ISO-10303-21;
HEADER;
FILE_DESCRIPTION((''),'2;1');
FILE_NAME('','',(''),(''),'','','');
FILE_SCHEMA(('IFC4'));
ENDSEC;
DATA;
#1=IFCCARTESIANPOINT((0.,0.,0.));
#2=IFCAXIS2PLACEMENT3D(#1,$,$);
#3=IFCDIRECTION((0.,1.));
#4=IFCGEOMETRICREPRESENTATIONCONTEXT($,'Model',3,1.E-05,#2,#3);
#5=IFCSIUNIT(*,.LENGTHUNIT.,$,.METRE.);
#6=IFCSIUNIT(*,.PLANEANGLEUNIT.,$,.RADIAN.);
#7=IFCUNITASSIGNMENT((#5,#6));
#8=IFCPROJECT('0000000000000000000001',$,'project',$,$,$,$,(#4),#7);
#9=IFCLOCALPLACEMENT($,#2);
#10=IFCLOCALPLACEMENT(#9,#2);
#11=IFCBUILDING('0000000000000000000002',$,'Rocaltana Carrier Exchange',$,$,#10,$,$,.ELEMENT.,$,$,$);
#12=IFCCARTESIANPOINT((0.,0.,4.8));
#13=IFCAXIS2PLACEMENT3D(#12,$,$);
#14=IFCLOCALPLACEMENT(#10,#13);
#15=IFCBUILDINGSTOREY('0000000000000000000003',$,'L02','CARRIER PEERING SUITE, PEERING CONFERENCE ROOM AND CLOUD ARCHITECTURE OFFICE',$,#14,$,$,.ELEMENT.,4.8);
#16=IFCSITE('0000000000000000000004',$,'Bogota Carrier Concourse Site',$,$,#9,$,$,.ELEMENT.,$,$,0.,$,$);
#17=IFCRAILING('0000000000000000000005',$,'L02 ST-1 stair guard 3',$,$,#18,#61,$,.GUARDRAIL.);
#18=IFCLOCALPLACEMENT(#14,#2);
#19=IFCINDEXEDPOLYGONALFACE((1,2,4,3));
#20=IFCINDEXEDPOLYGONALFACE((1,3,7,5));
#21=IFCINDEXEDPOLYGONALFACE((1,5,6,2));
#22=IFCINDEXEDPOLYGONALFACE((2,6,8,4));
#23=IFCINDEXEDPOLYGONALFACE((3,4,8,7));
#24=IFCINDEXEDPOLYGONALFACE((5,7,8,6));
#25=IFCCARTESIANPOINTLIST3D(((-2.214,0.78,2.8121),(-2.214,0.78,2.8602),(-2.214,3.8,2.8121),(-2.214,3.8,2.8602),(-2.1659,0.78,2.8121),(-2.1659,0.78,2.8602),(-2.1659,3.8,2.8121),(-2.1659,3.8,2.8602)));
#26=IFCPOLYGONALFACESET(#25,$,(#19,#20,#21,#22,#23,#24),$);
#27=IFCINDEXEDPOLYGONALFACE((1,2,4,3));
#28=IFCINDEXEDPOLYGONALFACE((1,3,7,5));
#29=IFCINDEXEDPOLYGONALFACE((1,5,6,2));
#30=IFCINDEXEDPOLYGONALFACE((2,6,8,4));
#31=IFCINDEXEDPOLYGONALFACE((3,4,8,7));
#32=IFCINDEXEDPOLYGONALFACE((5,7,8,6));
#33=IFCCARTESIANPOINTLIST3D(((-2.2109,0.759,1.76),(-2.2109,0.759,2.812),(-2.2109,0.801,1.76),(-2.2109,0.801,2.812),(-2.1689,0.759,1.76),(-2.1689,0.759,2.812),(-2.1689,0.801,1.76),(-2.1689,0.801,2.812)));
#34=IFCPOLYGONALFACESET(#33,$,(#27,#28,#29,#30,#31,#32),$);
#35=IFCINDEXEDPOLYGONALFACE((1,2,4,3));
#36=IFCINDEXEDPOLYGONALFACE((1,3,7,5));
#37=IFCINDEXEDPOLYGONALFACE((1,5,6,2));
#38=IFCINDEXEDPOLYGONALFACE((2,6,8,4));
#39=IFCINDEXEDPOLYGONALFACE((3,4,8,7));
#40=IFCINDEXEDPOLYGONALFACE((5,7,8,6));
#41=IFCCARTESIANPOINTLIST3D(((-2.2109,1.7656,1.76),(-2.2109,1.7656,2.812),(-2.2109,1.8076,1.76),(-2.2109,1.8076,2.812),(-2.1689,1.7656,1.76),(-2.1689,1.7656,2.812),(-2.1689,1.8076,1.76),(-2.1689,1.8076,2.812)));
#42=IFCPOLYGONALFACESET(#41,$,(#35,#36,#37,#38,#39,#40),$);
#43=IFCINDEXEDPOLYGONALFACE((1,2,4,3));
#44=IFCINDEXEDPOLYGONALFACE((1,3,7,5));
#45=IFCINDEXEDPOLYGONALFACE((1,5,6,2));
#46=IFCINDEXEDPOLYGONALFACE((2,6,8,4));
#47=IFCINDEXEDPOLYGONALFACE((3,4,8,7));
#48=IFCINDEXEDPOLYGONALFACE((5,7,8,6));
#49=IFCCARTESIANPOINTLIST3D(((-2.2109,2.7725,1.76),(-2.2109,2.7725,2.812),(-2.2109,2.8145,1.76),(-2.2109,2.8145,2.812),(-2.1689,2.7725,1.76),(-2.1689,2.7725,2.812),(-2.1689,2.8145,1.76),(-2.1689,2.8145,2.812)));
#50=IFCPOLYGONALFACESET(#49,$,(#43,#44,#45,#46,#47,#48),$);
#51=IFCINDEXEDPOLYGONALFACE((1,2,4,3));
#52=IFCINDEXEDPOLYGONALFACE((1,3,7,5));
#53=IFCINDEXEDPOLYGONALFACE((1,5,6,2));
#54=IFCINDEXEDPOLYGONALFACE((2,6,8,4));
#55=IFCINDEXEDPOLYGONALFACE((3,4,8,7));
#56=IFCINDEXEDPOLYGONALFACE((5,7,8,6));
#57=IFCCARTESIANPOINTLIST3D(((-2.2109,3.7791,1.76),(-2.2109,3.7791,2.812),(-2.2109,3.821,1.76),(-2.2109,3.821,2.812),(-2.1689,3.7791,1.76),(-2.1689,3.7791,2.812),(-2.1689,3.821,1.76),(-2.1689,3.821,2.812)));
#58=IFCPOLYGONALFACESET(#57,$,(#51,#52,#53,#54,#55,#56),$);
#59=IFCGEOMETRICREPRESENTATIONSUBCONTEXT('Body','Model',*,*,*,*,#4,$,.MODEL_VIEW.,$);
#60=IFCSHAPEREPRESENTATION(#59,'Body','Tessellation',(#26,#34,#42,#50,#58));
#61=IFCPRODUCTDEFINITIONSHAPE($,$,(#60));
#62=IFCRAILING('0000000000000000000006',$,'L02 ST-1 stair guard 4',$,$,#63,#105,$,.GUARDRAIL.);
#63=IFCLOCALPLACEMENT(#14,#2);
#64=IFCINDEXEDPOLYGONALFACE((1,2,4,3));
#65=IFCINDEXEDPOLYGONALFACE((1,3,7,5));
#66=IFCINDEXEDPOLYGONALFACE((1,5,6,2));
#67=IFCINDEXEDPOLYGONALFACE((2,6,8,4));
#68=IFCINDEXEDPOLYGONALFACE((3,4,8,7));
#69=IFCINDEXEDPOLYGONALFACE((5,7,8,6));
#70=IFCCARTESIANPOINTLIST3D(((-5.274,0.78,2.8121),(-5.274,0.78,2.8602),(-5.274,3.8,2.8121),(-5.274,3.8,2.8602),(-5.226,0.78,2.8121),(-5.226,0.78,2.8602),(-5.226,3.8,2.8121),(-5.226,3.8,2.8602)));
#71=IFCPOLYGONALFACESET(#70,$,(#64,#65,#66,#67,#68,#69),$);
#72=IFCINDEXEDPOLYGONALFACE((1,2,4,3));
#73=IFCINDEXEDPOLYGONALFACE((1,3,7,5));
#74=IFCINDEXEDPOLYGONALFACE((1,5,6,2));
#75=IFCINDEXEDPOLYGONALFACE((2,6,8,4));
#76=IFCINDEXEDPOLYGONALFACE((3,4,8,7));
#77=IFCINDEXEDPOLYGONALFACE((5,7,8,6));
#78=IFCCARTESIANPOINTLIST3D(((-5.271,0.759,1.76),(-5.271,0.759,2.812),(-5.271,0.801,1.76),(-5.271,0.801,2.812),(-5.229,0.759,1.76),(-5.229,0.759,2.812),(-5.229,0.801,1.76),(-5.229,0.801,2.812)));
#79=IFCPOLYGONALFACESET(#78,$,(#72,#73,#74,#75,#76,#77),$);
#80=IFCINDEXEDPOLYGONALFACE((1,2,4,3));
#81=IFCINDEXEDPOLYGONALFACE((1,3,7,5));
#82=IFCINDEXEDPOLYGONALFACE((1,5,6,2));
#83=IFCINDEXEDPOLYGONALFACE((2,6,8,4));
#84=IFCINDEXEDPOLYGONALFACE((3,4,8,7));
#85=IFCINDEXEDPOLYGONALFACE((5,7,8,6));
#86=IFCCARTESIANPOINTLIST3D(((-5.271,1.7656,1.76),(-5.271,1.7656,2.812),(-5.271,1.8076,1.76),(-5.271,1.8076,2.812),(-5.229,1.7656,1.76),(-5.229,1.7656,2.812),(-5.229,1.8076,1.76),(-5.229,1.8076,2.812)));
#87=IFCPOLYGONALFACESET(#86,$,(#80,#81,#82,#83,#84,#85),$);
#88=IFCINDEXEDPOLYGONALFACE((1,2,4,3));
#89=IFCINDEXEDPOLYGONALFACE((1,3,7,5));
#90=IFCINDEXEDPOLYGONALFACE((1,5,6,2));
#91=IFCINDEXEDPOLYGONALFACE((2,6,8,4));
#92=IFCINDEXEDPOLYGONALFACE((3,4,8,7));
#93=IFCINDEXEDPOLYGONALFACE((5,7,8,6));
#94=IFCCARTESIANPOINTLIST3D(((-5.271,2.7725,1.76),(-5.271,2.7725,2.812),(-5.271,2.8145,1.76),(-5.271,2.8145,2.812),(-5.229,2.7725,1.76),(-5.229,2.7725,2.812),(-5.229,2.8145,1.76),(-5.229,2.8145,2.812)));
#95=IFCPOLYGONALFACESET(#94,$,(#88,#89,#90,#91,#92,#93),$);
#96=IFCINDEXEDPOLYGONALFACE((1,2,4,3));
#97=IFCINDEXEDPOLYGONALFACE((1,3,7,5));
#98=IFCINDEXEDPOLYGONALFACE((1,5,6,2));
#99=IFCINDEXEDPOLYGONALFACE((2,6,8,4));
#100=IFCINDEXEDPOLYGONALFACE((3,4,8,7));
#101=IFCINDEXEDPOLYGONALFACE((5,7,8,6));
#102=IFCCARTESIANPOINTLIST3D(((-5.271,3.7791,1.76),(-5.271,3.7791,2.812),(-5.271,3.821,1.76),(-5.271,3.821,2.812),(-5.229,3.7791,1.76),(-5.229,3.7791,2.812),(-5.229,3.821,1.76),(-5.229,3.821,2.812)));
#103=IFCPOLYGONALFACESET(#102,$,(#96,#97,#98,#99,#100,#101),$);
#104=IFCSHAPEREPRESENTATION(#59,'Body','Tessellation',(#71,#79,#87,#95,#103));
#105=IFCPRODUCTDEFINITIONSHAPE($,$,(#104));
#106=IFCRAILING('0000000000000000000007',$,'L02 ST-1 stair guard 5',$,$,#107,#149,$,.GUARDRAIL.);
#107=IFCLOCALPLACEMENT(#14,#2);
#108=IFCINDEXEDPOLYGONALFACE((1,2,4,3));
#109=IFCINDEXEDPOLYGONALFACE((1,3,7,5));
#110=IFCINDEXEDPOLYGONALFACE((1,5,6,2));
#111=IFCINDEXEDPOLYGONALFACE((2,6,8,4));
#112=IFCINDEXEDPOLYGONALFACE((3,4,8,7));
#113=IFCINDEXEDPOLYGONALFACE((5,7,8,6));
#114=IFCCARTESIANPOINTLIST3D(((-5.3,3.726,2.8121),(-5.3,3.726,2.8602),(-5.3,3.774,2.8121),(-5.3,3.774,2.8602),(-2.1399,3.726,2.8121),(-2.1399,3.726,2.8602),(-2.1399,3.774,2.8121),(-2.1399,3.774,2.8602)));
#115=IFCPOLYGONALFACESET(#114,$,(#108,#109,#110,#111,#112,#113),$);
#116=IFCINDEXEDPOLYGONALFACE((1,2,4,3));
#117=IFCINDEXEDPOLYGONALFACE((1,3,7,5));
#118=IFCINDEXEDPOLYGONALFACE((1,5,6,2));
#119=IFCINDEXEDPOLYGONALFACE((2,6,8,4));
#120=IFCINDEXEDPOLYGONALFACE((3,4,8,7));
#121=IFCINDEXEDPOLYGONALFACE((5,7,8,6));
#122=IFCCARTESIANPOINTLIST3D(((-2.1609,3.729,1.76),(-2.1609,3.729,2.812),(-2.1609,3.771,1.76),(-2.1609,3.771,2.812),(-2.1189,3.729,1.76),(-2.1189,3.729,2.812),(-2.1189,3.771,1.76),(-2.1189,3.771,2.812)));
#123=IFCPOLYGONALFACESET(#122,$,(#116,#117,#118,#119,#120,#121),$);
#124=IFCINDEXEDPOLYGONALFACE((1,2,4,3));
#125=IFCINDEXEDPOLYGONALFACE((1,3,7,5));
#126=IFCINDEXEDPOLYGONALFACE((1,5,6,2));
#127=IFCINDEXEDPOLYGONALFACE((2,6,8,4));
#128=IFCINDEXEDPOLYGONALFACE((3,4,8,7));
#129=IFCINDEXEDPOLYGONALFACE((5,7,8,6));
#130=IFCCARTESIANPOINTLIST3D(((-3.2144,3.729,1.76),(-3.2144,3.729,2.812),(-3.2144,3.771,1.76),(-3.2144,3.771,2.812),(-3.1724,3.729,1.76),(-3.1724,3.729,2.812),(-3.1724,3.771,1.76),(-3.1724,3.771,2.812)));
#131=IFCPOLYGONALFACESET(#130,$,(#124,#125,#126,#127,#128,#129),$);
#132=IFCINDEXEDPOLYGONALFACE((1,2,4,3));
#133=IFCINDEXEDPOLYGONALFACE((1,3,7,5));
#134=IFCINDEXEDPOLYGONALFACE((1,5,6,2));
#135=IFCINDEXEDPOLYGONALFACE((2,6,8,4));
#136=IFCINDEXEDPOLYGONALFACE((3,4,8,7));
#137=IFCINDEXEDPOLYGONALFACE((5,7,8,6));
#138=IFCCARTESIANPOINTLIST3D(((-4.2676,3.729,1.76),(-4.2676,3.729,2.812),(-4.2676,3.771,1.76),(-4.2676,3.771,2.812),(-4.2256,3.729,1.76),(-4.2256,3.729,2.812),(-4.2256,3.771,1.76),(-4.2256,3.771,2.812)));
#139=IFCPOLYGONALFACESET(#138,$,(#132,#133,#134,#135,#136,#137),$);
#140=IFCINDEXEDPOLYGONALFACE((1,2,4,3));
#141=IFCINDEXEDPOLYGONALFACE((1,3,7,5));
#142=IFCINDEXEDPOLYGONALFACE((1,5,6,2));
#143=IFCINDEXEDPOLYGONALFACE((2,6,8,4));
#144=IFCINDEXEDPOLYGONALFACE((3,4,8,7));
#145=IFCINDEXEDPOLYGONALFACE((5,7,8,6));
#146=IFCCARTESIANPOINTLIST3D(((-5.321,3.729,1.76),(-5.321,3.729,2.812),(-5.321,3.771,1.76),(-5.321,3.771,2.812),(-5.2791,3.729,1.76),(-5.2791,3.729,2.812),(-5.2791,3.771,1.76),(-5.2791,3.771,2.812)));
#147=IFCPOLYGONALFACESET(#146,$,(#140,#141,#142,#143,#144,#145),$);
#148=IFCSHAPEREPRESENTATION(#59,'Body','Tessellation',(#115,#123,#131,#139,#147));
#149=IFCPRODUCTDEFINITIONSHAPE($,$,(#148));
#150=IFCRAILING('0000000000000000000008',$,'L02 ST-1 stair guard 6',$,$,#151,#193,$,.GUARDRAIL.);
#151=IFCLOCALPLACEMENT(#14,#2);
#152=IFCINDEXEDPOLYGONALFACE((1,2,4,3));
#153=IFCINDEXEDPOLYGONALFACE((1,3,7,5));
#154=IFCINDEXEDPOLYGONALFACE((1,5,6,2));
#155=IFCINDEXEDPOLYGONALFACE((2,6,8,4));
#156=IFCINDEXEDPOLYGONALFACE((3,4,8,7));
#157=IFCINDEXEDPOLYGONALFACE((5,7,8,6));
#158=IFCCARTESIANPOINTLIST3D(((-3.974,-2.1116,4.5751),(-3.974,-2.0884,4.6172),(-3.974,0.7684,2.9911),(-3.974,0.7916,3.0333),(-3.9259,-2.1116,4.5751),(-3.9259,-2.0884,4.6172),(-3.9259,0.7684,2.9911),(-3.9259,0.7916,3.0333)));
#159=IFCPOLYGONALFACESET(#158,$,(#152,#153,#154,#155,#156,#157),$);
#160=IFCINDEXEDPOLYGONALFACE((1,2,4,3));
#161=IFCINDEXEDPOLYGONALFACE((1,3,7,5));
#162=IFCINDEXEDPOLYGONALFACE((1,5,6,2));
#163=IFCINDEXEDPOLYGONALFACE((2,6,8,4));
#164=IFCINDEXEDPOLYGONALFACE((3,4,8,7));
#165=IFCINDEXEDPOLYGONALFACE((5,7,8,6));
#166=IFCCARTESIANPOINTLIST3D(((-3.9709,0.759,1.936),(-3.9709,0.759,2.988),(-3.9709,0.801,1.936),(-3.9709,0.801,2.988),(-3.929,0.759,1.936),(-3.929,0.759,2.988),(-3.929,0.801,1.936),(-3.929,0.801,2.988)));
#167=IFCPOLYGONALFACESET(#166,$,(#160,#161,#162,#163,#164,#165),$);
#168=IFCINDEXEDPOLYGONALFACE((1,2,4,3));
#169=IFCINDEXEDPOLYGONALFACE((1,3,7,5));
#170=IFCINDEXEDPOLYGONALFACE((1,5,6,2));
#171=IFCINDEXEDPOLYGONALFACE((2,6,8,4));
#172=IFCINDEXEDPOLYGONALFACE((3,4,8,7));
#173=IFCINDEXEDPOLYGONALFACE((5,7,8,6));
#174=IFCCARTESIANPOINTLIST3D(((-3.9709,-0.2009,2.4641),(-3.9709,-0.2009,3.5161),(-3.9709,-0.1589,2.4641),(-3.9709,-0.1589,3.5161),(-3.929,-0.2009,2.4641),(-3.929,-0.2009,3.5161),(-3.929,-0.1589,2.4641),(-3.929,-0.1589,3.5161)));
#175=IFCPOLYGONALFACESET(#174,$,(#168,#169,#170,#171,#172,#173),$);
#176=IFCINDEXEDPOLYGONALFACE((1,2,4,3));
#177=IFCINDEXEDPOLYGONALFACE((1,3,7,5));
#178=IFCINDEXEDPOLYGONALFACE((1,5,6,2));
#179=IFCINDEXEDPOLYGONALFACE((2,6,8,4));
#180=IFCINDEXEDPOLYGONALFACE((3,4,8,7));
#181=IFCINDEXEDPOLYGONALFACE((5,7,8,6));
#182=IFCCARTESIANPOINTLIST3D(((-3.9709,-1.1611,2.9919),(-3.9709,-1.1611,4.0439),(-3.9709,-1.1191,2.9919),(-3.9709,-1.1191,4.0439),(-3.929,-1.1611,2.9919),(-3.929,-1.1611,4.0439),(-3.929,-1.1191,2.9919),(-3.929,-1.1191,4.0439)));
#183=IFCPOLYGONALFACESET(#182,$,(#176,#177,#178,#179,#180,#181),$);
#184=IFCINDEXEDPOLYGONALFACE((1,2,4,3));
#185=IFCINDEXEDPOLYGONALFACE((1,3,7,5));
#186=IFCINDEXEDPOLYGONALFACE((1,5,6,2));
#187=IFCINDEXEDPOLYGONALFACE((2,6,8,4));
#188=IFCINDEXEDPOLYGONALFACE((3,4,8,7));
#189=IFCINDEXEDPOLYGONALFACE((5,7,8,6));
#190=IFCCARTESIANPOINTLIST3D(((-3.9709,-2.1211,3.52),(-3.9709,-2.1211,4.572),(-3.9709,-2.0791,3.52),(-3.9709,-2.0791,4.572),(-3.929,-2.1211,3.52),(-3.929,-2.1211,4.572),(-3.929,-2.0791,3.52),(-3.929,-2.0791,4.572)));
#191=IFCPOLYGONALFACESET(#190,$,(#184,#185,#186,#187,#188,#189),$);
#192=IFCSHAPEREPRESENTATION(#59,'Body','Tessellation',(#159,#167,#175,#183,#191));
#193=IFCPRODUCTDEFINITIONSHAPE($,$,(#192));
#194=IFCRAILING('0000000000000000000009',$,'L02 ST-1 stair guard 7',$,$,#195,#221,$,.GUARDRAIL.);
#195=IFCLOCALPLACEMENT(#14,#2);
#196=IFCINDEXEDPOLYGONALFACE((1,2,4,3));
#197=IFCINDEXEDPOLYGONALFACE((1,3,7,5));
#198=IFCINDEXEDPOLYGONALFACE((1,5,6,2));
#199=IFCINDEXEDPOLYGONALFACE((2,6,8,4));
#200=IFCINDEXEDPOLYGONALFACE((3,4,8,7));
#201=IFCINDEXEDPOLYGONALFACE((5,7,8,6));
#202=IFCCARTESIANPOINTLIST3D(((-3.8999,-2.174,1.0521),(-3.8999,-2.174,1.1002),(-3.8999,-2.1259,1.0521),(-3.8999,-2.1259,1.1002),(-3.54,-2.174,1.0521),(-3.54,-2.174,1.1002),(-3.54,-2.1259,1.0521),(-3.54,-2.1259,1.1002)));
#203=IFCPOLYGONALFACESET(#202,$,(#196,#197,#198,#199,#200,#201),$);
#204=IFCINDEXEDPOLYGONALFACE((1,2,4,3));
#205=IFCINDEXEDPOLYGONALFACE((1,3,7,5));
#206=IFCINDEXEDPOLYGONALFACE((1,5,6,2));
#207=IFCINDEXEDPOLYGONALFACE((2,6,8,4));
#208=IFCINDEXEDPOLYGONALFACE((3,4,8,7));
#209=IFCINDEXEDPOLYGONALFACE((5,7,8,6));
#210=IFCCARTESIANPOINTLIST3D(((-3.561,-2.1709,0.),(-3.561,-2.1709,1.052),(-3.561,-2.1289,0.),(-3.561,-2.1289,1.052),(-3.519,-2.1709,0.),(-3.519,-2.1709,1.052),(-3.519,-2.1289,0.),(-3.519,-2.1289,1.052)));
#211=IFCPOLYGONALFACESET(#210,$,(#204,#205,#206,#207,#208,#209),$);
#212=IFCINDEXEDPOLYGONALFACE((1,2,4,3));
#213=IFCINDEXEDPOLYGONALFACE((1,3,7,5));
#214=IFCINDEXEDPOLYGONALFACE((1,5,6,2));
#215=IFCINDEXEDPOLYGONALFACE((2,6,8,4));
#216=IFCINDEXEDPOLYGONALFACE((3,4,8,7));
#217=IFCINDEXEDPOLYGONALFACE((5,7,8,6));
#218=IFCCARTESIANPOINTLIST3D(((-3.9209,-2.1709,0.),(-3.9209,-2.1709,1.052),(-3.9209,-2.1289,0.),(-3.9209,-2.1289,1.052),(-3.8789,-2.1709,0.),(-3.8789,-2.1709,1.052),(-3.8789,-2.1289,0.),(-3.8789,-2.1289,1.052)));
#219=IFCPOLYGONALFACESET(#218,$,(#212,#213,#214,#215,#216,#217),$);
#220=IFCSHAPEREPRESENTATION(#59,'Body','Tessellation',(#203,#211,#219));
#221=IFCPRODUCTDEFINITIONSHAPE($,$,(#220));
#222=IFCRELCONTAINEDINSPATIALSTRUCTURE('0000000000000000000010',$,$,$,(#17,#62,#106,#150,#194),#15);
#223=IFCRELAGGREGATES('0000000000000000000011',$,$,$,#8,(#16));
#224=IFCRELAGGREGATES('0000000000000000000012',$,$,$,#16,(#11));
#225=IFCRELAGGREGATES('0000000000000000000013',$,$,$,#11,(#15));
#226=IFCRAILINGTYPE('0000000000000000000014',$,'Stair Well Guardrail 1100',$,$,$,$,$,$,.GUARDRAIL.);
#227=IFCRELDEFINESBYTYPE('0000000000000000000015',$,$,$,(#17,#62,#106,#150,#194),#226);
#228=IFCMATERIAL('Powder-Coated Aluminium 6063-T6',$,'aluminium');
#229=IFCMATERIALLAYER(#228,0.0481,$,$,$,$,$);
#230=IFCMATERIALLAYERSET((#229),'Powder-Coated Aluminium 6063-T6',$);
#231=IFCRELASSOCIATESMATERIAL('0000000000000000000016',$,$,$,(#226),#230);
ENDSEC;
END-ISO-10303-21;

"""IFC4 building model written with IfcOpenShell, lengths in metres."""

from ifc_helpers import new_model, si_unit, direction, frame, origin, origin_2d, place, context, subcontext, project, spatial, rectangle, extrude, material, layer, layer_set, type_object, element, save


model = new_model("IFC4")

# Units and contexts
model_context = context("Model", 3, precision=1e-05, world=origin(), true_north=direction((0.0, 1.0)))
body_context = subcontext(model_context, "Body", "Model", "MODEL_VIEW")
ifc_project = project(units=[si_unit("LENGTHUNIT", "METRE"), si_unit("PLANEANGLEUNIT", "RADIAN")], contexts=[model_context])

# Site, building, storey
site_placement = place(None, origin())
site = spatial("IfcSite", under=ifc_project, at=site_placement, Name="Bogota Carrier Concourse Site", CompositionType="ELEMENT", RefElevation=0.0)
building_placement = place(site_placement, origin())
building = spatial("IfcBuilding", under=site, at=building_placement, Name="Rocaltana Carrier Exchange", CompositionType="ELEMENT")
storey_placement = place(building_placement, frame((0.0, 0.0, 4.8)))
storey = spatial("IfcBuildingStorey", under=building, at=storey_placement, Name="L02", Description="CARRIER PEERING SUITE, PEERING CONFERENCE ROOM AND CLOUD ARCHITECTURE OFFICE", CompositionType="ELEMENT", Elevation=4.8)

# Railings
ifc_material_1 = material(Name="Powder-Coated Aluminium 6063-T6", Category="aluminium")
ifc_layer_1 = layer(ifc_material_1, 0.0481)
ifc_layer_set_1 = layer_set([ifc_layer_1], Name="Powder-Coated Aluminium 6063-T6")
railing_type_1 = type_object("IfcRailingType", Name="Stair Well Guardrail 1100", PredefinedType="GUARDRAIL", material=ifc_layer_set_1)
for number, where, name in (
    (1, (-2.1899, 0.78, 1.76), "L02 ST-1 stair guard 3"),
    (2, (-5.25, 0.78, 1.76), "L02 ST-1 stair guard 4"),
):
    element("IfcRailing", number, at=place(storey_placement, frame(where)), inside=storey, type_object=railing_type_1, Name=name, PredefinedType="GUARDRAIL", context=body_context, shape_type="SweptSolid", body=[
        extrude(rectangle(XDim=0.0481, YDim=0.0481, at=origin_2d()), frame((0.0, 0.0, 1.0762), z_axis=(0.0, 1.0, 0.0), x_axis=(-1.0, 0.0, 0.0)), (0.0, 0.0, 1.0), 3.02),
        extrude(rectangle(XDim=0.042, YDim=0.042, at=origin_2d()), origin(), (0.0, 0.0, 1.0), 1.052),
        extrude(rectangle(XDim=0.042, YDim=0.042, at=origin_2d()), frame((0.0, 1.0066, 0.0)), (0.0, 0.0, 1.0), 1.052),
        extrude(rectangle(XDim=0.042, YDim=0.042, at=origin_2d()), frame((0.0, 2.0134, 0.0)), (0.0, 0.0, 1.0), 1.052),
        extrude(rectangle(XDim=0.042, YDim=0.042, at=origin_2d()), frame((0.0, 3.02, 0.0)), (0.0, 0.0, 1.0), 1.052),
    ])
railing_1_placement = place(storey_placement, frame((-2.1399, 3.75, 1.76)))
element("IfcRailing", 3, at=railing_1_placement, inside=storey, type_object=railing_type_1, Name="L02 ST-1 stair guard 5", PredefinedType="GUARDRAIL", context=body_context, shape_type="SweptSolid", body=[
    extrude(rectangle(XDim=0.0481, YDim=0.0481, at=origin_2d()), frame((0.0, 0.0, 1.0762), z_axis=(-1.0, 0.0, 0.0), x_axis=(0.0, -1.0, 0.0)), (0.0, 0.0, 1.0), 3.1602),
    extrude(rectangle(XDim=0.042, YDim=0.042, at=origin_2d()), origin(), (0.0, 0.0, 1.0), 1.052),
    extrude(rectangle(XDim=0.042, YDim=0.042, at=origin_2d()), frame((-1.0535, 0.0, 0.0)), (0.0, 0.0, 1.0), 1.052),
    extrude(rectangle(XDim=0.042, YDim=0.042, at=origin_2d()), frame((-2.1067, 0.0, 0.0)), (0.0, 0.0, 1.0), 1.052),
    extrude(rectangle(XDim=0.042, YDim=0.042, at=origin_2d()), frame((-3.1602, 0.0, 0.0)), (0.0, 0.0, 1.0), 1.052),
])
railing_2_placement = place(storey_placement, frame((-3.95, 0.78, 1.936)))
element("IfcRailing", 4, at=railing_2_placement, inside=storey, type_object=railing_type_1, Name="L02 ST-1 stair guard 6", PredefinedType="GUARDRAIL", context=body_context, shape_type="SweptSolid", body=[
    extrude(rectangle(XDim=0.0481, YDim=0.0481, at=origin_2d()), frame((0.0, 0.0, 1.0762), z_axis=(0.0, -0.876227, 0.481899), x_axis=(1.0, 0.0, 0.0)), (0.0, 0.0, 1.0), 3.2869),
    extrude(rectangle(XDim=0.042, YDim=0.042, at=origin_2d()), origin(), (0.0, 0.0, 1.0), 1.052),
    extrude(rectangle(XDim=0.042, YDim=0.042, at=origin_2d()), frame((0.0, -0.96, 0.5281)), (0.0, 0.0, 1.0), 1.052),
    extrude(rectangle(XDim=0.042, YDim=0.042, at=origin_2d()), frame((0.0, -1.9202, 1.0559)), (0.0, 0.0, 1.0), 1.052),
    extrude(rectangle(XDim=0.042, YDim=0.042, at=origin_2d()), frame((0.0, -2.8801, 1.584)), (0.0, 0.0, 1.0), 1.052),
])
railing_3_placement = place(storey_placement, frame((-3.54, -2.1499, 0.0)))
element("IfcRailing", 5, at=railing_3_placement, inside=storey, type_object=railing_type_1, Name="L02 ST-1 stair guard 7", PredefinedType="GUARDRAIL", context=body_context, shape_type="SweptSolid", body=[
    extrude(rectangle(XDim=0.0481, YDim=0.0481, at=origin_2d()), frame((0.0, 0.0, 1.0762), z_axis=(-1.0, 0.0, 0.0), x_axis=(0.0, -1.0, 0.0)), (0.0, 0.0, 1.0), 0.3599),
    extrude(rectangle(XDim=0.042, YDim=0.042, at=origin_2d()), origin(), (0.0, 0.0, 1.0), 1.052),
    extrude(rectangle(XDim=0.042, YDim=0.042, at=origin_2d()), frame((-0.3599, 0.0, 0.0)), (0.0, 0.0, 1.0), 1.052),
])

save(model, "model.ifc")
